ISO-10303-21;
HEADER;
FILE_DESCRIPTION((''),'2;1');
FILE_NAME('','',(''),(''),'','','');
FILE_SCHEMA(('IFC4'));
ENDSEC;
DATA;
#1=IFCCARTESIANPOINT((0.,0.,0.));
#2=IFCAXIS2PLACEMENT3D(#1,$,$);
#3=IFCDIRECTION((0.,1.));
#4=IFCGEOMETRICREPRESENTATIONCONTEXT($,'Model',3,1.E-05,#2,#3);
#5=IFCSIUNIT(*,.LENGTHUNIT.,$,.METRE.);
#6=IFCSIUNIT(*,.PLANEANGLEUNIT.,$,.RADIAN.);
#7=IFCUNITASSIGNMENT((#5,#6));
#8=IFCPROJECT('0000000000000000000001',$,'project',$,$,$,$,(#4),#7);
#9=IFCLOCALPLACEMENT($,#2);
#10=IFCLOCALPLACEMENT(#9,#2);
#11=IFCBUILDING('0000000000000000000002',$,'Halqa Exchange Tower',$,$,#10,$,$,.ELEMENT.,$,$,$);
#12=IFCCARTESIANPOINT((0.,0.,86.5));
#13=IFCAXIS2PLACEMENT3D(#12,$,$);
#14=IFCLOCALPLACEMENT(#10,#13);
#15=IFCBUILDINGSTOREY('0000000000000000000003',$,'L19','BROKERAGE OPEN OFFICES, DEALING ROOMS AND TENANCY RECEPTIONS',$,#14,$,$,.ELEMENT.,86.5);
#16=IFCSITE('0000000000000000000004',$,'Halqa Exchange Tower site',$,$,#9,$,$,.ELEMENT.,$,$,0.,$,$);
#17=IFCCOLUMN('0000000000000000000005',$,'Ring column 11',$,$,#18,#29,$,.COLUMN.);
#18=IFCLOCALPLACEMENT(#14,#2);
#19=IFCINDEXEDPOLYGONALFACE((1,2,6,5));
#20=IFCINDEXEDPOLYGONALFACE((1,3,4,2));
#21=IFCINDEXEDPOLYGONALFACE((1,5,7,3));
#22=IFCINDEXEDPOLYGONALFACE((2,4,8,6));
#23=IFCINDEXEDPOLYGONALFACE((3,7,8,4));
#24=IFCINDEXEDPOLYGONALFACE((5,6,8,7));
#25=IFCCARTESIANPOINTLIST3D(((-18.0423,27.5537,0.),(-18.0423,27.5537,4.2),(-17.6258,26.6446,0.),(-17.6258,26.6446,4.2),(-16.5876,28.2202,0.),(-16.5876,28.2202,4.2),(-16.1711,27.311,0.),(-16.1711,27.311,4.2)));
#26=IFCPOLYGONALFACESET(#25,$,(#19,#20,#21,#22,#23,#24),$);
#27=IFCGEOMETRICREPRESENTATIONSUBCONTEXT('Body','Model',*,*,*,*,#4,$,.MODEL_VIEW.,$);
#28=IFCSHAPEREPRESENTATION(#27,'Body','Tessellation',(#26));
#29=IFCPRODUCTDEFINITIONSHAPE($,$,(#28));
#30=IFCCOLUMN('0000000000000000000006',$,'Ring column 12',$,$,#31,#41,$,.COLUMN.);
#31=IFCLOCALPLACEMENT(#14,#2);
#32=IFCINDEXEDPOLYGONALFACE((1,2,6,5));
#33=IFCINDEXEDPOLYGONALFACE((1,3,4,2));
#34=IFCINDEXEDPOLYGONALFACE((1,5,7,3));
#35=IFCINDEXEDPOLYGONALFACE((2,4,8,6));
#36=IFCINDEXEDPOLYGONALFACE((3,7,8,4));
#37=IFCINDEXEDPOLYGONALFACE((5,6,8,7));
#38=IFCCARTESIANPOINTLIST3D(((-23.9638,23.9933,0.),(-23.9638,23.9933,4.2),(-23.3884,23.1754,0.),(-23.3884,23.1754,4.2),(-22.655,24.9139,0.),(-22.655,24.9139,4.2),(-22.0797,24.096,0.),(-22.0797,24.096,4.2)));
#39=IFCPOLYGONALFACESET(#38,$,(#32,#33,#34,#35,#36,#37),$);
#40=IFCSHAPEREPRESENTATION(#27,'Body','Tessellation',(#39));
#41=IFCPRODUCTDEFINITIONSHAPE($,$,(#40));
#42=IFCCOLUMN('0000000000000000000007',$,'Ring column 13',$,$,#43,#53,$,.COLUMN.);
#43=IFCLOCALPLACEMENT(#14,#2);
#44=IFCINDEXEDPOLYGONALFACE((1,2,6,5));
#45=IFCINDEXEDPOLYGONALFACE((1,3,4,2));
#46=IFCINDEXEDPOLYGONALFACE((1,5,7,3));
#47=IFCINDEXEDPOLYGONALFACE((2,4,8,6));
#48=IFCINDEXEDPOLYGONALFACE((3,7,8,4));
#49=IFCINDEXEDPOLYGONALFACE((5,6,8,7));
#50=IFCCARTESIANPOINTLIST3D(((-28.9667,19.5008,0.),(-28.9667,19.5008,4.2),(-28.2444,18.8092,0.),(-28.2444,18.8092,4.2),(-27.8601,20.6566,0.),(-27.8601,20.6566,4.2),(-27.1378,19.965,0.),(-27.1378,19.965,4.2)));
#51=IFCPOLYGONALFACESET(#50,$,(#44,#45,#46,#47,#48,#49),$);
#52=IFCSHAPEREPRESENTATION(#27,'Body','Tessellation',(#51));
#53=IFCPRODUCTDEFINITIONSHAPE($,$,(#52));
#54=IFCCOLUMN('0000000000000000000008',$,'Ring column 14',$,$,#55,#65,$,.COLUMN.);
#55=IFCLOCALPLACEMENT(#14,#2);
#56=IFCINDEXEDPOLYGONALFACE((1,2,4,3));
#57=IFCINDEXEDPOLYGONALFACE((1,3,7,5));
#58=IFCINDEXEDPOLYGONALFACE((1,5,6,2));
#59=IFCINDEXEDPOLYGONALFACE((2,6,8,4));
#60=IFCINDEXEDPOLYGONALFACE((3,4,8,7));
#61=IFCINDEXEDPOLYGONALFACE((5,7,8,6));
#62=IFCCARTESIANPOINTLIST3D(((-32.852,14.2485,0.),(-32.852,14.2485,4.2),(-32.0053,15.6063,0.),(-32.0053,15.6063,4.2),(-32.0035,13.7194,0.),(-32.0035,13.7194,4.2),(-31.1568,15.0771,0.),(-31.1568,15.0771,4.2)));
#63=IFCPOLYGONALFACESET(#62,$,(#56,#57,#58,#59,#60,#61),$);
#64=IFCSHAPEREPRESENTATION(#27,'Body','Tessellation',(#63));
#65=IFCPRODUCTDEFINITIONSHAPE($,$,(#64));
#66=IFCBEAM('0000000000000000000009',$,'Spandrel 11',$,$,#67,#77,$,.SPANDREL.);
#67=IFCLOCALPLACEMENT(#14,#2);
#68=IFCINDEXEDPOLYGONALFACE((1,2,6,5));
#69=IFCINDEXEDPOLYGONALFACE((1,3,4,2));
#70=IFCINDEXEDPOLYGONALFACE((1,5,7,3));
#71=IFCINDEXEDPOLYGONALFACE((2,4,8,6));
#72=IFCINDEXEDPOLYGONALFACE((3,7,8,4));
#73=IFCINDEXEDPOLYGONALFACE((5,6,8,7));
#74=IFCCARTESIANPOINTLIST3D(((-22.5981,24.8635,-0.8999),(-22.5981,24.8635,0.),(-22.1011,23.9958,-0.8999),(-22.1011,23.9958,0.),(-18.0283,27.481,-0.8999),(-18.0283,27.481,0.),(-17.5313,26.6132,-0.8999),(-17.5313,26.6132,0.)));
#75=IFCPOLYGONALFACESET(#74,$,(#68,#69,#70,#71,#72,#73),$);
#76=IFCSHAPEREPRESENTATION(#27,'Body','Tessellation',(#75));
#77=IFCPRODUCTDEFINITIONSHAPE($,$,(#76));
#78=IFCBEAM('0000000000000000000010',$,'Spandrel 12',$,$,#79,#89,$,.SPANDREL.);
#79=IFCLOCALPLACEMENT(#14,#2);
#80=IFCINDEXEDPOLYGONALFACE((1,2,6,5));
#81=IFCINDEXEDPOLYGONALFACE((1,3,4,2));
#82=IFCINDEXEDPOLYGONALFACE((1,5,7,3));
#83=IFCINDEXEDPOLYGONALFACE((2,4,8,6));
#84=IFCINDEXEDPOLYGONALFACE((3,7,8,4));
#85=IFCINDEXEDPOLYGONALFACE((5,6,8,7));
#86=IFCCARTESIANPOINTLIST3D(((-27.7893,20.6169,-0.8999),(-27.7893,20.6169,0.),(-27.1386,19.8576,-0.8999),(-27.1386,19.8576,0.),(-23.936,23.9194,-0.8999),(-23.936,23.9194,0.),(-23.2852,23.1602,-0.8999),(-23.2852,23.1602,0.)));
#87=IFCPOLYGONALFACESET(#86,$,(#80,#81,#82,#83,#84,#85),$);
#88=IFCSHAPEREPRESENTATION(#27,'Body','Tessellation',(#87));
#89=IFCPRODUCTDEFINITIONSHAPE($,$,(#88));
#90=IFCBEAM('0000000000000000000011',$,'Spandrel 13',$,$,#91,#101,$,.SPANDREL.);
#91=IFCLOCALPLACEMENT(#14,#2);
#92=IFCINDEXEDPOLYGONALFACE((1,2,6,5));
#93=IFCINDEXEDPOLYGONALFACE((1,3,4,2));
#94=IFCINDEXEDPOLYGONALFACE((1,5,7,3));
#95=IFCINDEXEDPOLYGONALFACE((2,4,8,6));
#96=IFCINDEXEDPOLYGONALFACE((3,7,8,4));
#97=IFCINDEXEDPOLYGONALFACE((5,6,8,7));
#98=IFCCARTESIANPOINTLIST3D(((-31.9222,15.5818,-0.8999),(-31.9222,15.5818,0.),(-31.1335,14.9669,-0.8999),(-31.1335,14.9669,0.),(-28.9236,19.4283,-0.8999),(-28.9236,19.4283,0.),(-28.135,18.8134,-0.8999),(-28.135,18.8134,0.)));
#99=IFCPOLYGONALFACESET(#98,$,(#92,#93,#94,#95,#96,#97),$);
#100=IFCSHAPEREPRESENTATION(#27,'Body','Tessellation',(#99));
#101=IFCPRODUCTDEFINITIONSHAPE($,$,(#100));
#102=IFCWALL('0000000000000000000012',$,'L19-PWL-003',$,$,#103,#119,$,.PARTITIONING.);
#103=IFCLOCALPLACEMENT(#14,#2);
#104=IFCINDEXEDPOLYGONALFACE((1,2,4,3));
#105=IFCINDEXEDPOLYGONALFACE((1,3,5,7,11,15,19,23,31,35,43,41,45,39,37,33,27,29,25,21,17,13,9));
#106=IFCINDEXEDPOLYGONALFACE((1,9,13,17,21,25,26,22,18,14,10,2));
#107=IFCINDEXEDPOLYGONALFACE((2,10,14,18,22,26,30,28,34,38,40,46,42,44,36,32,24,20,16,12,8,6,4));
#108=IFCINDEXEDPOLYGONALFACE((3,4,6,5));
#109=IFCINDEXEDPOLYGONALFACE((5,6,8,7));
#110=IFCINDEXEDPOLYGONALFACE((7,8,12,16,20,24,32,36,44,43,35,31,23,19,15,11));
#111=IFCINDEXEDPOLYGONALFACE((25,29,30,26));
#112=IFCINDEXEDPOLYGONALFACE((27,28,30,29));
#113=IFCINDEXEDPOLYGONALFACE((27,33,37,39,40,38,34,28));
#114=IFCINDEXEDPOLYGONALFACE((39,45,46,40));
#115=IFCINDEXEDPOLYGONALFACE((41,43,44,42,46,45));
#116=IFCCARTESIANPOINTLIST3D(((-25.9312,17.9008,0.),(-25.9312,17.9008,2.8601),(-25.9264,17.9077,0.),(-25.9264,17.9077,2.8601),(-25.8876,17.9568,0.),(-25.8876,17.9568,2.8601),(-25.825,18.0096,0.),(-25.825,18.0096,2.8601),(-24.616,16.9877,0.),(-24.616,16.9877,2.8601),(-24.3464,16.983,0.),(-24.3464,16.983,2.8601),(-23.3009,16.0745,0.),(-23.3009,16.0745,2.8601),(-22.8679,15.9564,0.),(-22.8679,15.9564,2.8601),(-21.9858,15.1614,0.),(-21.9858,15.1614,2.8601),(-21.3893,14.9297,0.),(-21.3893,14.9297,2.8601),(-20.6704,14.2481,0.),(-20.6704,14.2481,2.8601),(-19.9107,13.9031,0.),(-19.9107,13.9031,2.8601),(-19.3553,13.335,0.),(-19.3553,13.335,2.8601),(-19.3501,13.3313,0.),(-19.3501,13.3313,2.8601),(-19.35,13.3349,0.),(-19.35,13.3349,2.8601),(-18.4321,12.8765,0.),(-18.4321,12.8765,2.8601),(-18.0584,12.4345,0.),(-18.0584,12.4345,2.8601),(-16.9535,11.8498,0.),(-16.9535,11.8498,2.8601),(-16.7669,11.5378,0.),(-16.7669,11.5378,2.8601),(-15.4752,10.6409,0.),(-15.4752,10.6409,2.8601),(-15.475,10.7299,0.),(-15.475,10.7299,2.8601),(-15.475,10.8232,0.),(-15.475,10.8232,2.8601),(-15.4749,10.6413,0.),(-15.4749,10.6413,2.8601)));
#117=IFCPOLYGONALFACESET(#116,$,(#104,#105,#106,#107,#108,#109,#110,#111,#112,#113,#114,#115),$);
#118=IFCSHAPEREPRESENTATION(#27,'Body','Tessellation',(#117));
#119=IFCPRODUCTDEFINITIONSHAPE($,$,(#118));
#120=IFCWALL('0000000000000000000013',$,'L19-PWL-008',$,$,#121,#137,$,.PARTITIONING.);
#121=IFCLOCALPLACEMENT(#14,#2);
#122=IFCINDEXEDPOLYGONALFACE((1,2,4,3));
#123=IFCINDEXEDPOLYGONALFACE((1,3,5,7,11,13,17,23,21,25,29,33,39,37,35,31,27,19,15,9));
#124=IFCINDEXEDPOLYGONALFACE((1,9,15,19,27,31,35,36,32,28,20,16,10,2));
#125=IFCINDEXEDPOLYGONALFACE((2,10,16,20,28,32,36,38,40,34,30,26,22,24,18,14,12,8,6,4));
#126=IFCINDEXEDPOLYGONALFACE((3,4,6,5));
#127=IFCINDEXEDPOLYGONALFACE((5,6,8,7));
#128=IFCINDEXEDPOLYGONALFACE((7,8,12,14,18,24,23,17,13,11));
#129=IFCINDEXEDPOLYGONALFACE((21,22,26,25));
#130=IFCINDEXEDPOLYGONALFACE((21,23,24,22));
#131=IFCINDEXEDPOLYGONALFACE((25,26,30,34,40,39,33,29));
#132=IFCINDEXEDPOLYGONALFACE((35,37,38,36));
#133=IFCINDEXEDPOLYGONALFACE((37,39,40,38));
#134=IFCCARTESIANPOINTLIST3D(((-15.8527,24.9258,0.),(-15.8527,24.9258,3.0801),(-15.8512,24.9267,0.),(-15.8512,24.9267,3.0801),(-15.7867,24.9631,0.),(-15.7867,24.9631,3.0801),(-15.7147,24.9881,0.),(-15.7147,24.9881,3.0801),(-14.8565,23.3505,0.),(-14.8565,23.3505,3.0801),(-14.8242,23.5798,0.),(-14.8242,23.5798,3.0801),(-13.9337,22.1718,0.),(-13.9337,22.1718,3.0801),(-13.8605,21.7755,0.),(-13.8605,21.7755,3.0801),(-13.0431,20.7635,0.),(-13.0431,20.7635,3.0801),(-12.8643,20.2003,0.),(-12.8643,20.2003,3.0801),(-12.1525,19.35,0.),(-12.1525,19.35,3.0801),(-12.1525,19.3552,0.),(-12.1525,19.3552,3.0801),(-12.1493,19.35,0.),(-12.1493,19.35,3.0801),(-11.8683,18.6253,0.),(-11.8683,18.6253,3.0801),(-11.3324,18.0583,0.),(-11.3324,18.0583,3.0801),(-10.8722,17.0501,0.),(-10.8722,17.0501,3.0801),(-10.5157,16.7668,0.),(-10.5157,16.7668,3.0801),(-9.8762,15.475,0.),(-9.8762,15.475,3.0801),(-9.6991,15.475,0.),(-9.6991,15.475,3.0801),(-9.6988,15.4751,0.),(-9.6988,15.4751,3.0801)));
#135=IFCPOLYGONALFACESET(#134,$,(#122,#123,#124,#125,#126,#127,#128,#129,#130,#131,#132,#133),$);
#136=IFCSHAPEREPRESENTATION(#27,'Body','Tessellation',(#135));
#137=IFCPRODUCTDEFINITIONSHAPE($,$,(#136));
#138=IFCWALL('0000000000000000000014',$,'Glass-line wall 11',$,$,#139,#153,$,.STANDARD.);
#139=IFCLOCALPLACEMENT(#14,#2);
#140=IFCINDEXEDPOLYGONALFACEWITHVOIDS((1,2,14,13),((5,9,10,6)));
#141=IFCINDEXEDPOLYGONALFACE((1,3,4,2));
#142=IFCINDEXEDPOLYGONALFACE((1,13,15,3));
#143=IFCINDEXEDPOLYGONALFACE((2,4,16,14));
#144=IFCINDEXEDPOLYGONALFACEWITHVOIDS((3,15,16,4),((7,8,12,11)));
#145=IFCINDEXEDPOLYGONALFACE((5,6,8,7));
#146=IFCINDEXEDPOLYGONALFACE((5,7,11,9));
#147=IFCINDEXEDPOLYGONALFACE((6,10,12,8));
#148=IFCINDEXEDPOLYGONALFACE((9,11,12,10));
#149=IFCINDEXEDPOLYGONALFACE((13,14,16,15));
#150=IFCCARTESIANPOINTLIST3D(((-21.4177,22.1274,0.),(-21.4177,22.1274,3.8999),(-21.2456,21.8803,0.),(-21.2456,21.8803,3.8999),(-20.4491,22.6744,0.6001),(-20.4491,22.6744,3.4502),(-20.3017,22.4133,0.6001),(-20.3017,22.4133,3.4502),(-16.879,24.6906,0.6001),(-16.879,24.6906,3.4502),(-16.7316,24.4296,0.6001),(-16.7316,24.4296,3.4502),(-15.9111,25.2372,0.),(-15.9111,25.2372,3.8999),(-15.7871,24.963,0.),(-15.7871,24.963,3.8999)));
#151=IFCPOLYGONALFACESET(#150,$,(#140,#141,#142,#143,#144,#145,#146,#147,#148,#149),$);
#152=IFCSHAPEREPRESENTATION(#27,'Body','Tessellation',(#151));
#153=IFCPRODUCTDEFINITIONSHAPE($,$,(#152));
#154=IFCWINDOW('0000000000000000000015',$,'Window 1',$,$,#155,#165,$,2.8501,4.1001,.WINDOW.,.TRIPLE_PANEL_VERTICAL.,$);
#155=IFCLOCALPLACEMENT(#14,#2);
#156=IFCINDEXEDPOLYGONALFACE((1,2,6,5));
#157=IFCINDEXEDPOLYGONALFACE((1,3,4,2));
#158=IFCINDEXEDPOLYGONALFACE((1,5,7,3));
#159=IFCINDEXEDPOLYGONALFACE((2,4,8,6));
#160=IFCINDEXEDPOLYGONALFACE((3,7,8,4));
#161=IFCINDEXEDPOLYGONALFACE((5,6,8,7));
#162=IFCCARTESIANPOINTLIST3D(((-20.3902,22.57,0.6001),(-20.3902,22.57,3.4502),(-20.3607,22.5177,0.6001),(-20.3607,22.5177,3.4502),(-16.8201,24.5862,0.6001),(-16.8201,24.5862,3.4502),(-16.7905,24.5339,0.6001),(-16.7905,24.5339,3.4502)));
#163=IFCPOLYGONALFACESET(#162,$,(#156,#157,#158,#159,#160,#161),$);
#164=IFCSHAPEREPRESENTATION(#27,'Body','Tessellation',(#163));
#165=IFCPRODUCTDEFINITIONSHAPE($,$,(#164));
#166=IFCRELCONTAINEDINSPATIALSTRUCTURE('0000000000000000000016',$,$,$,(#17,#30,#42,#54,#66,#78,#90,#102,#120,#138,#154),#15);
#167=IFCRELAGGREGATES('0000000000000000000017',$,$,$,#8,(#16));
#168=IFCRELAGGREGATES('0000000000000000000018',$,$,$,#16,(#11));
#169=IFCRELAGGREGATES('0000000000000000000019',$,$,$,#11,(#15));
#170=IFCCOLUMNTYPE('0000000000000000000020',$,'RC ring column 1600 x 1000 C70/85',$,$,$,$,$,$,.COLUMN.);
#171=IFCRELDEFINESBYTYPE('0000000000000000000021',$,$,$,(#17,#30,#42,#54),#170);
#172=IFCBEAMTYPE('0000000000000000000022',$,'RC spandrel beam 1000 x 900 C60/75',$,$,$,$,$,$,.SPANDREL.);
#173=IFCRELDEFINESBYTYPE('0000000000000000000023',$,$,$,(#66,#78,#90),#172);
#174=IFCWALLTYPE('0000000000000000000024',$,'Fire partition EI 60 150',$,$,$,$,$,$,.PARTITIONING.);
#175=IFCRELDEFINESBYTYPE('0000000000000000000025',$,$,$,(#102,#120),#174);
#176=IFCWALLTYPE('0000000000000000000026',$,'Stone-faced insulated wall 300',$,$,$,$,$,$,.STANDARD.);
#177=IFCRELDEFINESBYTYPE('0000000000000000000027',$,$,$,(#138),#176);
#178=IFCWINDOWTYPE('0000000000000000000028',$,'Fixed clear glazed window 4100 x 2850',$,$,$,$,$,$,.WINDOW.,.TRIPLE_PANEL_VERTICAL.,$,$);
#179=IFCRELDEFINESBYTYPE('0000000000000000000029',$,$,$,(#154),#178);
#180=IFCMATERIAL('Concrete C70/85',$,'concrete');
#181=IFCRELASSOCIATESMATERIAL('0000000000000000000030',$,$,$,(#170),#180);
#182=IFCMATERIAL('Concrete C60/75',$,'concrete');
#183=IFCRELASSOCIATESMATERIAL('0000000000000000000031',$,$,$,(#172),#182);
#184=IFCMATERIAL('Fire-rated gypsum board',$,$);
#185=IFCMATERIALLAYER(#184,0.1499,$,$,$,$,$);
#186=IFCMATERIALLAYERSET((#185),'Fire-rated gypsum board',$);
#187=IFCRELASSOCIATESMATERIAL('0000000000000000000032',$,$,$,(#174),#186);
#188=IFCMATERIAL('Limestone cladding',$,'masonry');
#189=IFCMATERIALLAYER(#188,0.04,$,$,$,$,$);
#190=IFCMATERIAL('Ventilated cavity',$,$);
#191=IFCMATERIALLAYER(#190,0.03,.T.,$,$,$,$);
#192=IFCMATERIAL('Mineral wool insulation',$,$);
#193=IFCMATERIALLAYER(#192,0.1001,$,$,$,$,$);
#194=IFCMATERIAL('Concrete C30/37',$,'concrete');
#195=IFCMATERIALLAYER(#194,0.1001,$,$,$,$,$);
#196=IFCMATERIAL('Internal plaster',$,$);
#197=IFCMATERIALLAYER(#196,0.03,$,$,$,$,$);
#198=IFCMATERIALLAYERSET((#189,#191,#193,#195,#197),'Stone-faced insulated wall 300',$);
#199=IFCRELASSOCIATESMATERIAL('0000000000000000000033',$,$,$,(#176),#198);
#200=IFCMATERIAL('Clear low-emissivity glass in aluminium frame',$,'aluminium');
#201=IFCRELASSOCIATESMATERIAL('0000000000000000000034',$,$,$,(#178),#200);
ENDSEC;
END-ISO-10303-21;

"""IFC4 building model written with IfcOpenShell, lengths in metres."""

from ifc_helpers import new_model, si_unit, direction, frame, frame_2d, origin, origin_2d, place, context, subcontext, project, spatial, polyline, rectangle, outline, extrude, material, layer, layer_set, material_profile, profile_set, type_object, element, fill, save


model = new_model("IFC4")

# Units and contexts
model_context = context("Model", 3, precision=1e-05, world=origin(), true_north=direction((0.0, 1.0)))
body_context = subcontext(model_context, "Body", "Model", "MODEL_VIEW")
ifc_project = project(units=[si_unit("LENGTHUNIT", "METRE"), si_unit("PLANEANGLEUNIT", "RADIAN")], contexts=[model_context])

# Site, building, storey
site_placement = place(None, origin())
site = spatial("IfcSite", under=ifc_project, at=site_placement, Name="Halqa Exchange Tower site", CompositionType="ELEMENT", RefElevation=0.0)
building_placement = place(site_placement, origin())
building = spatial("IfcBuilding", under=site, at=building_placement, Name="Halqa Exchange Tower", CompositionType="ELEMENT")
storey_placement = place(building_placement, frame((0.0, 0.0, 86.5)))
storey = spatial("IfcBuildingStorey", under=building, at=storey_placement, Name="L19", Description="BROKERAGE OPEN OFFICES, DEALING ROOMS AND TENANCY RECEPTIONS", CompositionType="ELEMENT", Elevation=86.5)

# Columns
ifc_material_1 = material(Name="Concrete C70/85", Category="concrete")
ifc_material_profile_1 = material_profile(ifc_material_1, rectangle(XDim=1.6001, YDim=1.0, at=origin_2d()), Name="1600 x 1000")
ifc_profile_set_1 = profile_set([ifc_material_profile_1], Name="Concrete C70/85")
column_type = type_object("IfcColumnType", Name="RC ring column 1600 x 1000 C70/85", PredefinedType="COLUMN", material=ifc_profile_set_1)
for number, where, z_axis, x_axis, name in (
    (1, (-17.1067, 27.4324, 0.0), (0.0, 0.0, 1.0), (-0.909126, -0.41652, 0.0), "Ring column 11"),
    (2, (-23.0217, 24.0447, 0.0), (0.0, 0.0, 1.0), (-0.817909, -0.575348, 0.0), "Ring column 12"),
    (3, (-28.0522, 19.7329, 0.0), (0.0, 0.0, 1.0), (-0.691576, -0.722304, 0.0), "Ring column 13"),
    (4, (-32.0044, 14.6628, 0.0), (0.0, 0.0, 1.0), (-0.52914, -0.848534, 0.0), "Ring column 14"),
):
    element("IfcColumn", number, at=place(storey_placement, frame(where, z_axis=z_axis, x_axis=x_axis)), inside=storey, type_object=column_type, Name=name, PredefinedType="COLUMN", context=body_context, shape_type="SweptSolid", body=[
        extrude(rectangle(XDim=1.6001, YDim=1.0, at=origin_2d()), origin(), (0.0, 0.0, 1.0), 4.2),
    ])

# Beams
ifc_material_2 = material(Name="Concrete C60/75", Category="concrete")
ifc_material_profile_2 = material_profile(ifc_material_2, rectangle(XDim=1.0, YDim=0.8999, at=origin_2d()), Name="1000 x 900")
ifc_profile_set_2 = profile_set([ifc_material_profile_2], Name="Concrete C60/75")
beam_type = type_object("IfcBeamType", Name="RC spandrel beam 1000 x 900 C60/75", PredefinedType="SPANDREL", material=ifc_profile_set_2)
beam_1_placement = place(storey_placement, frame((-17.7798, 27.0471, -0.45), z_axis=(-0.867743, -0.497012, 0.0), x_axis=(0.497012, -0.867743, 0.0)))
element("IfcBeam", 5, at=beam_1_placement, inside=storey, type_object=beam_type, Name="Spandrel 11", PredefinedType="SPANDREL", context=body_context, shape_type="SweptSolid", body=[
    extrude(rectangle(XDim=1.0, YDim=0.8999, at=origin_2d()), origin(), (0.0, 0.0, 1.0), 5.2664),
])
beam_2_placement = place(storey_placement, frame((-23.6106, 23.5398, -0.45), z_axis=(-0.759287, -0.650756, 0.0), x_axis=(0.650756, -0.759287, 0.0)))
element("IfcBeam", 6, at=beam_2_placement, inside=storey, type_object=beam_type, Name="Spandrel 12", PredefinedType="SPANDREL", context=body_context, shape_type="SweptSolid", body=[
    extrude(rectangle(XDim=1.0, YDim=0.8999, at=origin_2d()), origin(), (0.0, 0.0, 1.0), 5.075),
])
beam_3_placement = place(storey_placement, frame((-28.5293, 19.1208, -0.45), z_axis=(-0.614817, -0.78867, 0.0), x_axis=(0.78867, -0.614817, 0.0)))
element("IfcBeam", 7, at=beam_3_placement, inside=storey, type_object=beam_type, Name="Spandrel 13", PredefinedType="SPANDREL", context=body_context, shape_type="SweptSolid", body=[
    extrude(rectangle(XDim=1.0, YDim=0.8999, at=origin_2d()), origin(), (0.0, 0.0, 1.0), 4.8772),
])

# Walls
ifc_material_3 = material(Name="Fire-rated gypsum board")
ifc_layer_1 = layer(ifc_material_3, 0.1499)
ifc_layer_set_1 = layer_set([ifc_layer_1], Name="Fire-rated gypsum board")
wall_type_1 = type_object("IfcWallType", Name="Fire partition EI 60 150", PredefinedType="PARTITIONING", material=ifc_layer_set_1)
wall_1_placement = place(storey_placement, frame((-25.8884, 17.9624, 0.0), z_axis=(0.0, 0.0, 1.0), x_axis=(0.821412, -0.570335, 0.0)))
element("IfcWall", 8, at=wall_1_placement, inside=storey, type_object=wall_type_1, Name="L19-PWL-003", PredefinedType="PARTITIONING", context=body_context, shape_type="SweptSolid", body=[
    extrude(outline(polyline([(0.0, -0.075), (1.6011, -0.075), (3.2021, -0.075), (4.8032, -0.075), (6.4045, -0.075), (8.0056, -0.075), (8.01, -0.072), (8.012, -0.075), (9.5845, -0.075), (11.1567, -0.075), (12.7292, -0.075), (12.7292, -0.0745), (12.6787, -0.0017), (12.6787, -0.0017), (12.6255, 0.075), (10.8254, 0.075), (9.0254, 0.075), (7.2253, 0.075), (5.4253, 0.075), (3.6252, 0.075), (1.8252, 0.075), (0.0251, 0.075), (0.0039, -0.0042), (0.0, -0.0667), (0.0, -0.075)])), origin(), (0.0, 0.0, 1.0), 2.8601),
])
wall_2_placement = place(storey_placement, frame((-15.7893, 24.9658, 0.0), z_axis=(0.0, 0.0, 1.0), x_axis=(0.534479, -0.845182, 0.0)))
element("IfcWall", 9, at=wall_2_placement, inside=storey, type_object=wall_type_1, Name="L19-PWL-008", PredefinedType="PARTITIONING", context=body_context, shape_type="SweptSolid", body=[
    extrude(outline(polyline([(0.0, -0.075), (1.8638, -0.075), (3.7273, -0.075), (5.5911, -0.075), (7.4546, -0.075), (9.3184, -0.075), (11.1819, -0.075), (11.2766, 0.0747), (11.2766, 0.075), (9.7483, 0.075), (8.2202, 0.075), (6.6919, 0.075), (6.6902, 0.0723), (6.6858, 0.075), (5.0195, 0.075), (3.3533, 0.075), (1.6873, 0.075), (0.021, 0.075), (0.0037, 0.0007), (0.0, -0.0732), (0.0, -0.075)])), origin(), (0.0, 0.0, 1.0), 3.0801),
])

# Wall, opening, window
ifc_material_4 = material(Name="Limestone cladding", Category="masonry")
ifc_layer_2 = layer(ifc_material_4, 0.04)
ifc_material_5 = material(Name="Ventilated cavity")
ifc_layer_3 = layer(ifc_material_5, 0.03, ventilated=True)
ifc_material_6 = material(Name="Mineral wool insulation")
ifc_layer_4 = layer(ifc_material_6, 0.1001)
ifc_material_7 = material(Name="Concrete C30/37", Category="concrete")
ifc_layer_5 = layer(ifc_material_7, 0.1001)
ifc_material_8 = material(Name="Internal plaster")
ifc_layer_6 = layer(ifc_material_8, 0.03)
ifc_layer_set_2 = layer_set([ifc_layer_2, ifc_layer_3, ifc_layer_4, ifc_layer_5, ifc_layer_6], Name="Stone-faced insulated wall 300")
wall_type_2 = type_object("IfcWallType", Name="Stone-faced insulated wall 300", PredefinedType="STANDARD", material=ifc_layer_set_2)
wall_3_placement = place(storey_placement, frame((-15.8491, 25.1001, 0.0), z_axis=(0.0, 0.0, 1.0), x_axis=(-0.870738, -0.491748, 0.0)))
wall_3 = element("IfcWall", 10, at=wall_3_placement, inside=storey, type_object=wall_type_2, Name="Glass-line wall 11", PredefinedType="STANDARD", context=body_context, shape_type="SweptSolid", body=[
    extrude(outline(polyline([(-0.0134, -0.1499), (6.3105, -0.1499), (6.2822, 0.1499), (0.0134, 0.1499), (-0.0134, -0.1499)])), origin(), (0.0, 0.0, 1.0), 3.8999),
])
opening_1_placement = place(wall_3_placement, frame((1.0981, 0.0, 0.6001)))
opening_1 = element("IfcOpeningElement", 11, at=opening_1_placement, cuts=wall_3, PredefinedType="OPENING", context=body_context, shape_type="SweptSolid", body=[
    extrude(rectangle(XDim=4.1001, YDim=2.8501, at=frame_2d((2.05, 1.425))), frame((0.0, 0.1621, 0.0), z_axis=(0.0, -1.0, 0.0), x_axis=(1.0, 0.0, 0.0)), (0.0, 0.0, 1.0), 0.324),
])
ifc_material_9 = material(Name="Clear low-emissivity glass in aluminium frame", Category="aluminium")
window_type = type_object("IfcWindowType", Name="Fixed clear glazed window 4100 x 2850", PartitioningType="TRIPLE_PANEL_VERTICAL", PredefinedType="WINDOW", material=ifc_material_9)
window_1_placement = place(opening_1_placement, origin())
window_1 = element("IfcWindow", 12, at=window_1_placement, inside=storey, type_object=window_type, Name="Window 1", OverallHeight=2.8501, OverallWidth=4.1001, PartitioningType="TRIPLE_PANEL_VERTICAL", PredefinedType="WINDOW", context=body_context, shape_type="SweptSolid", body=[
    extrude(rectangle(XDim=4.1001, YDim=2.8501, at=frame_2d((2.05, 1.425))), frame((0.0, 0.03, 0.0), z_axis=(0.0, -1.0, 0.0), x_axis=(1.0, 0.0, 0.0)), (0.0, 0.0, 1.0), 0.0601),
])
fill(opening_1, window_1)

save(model, "model.ifc")
